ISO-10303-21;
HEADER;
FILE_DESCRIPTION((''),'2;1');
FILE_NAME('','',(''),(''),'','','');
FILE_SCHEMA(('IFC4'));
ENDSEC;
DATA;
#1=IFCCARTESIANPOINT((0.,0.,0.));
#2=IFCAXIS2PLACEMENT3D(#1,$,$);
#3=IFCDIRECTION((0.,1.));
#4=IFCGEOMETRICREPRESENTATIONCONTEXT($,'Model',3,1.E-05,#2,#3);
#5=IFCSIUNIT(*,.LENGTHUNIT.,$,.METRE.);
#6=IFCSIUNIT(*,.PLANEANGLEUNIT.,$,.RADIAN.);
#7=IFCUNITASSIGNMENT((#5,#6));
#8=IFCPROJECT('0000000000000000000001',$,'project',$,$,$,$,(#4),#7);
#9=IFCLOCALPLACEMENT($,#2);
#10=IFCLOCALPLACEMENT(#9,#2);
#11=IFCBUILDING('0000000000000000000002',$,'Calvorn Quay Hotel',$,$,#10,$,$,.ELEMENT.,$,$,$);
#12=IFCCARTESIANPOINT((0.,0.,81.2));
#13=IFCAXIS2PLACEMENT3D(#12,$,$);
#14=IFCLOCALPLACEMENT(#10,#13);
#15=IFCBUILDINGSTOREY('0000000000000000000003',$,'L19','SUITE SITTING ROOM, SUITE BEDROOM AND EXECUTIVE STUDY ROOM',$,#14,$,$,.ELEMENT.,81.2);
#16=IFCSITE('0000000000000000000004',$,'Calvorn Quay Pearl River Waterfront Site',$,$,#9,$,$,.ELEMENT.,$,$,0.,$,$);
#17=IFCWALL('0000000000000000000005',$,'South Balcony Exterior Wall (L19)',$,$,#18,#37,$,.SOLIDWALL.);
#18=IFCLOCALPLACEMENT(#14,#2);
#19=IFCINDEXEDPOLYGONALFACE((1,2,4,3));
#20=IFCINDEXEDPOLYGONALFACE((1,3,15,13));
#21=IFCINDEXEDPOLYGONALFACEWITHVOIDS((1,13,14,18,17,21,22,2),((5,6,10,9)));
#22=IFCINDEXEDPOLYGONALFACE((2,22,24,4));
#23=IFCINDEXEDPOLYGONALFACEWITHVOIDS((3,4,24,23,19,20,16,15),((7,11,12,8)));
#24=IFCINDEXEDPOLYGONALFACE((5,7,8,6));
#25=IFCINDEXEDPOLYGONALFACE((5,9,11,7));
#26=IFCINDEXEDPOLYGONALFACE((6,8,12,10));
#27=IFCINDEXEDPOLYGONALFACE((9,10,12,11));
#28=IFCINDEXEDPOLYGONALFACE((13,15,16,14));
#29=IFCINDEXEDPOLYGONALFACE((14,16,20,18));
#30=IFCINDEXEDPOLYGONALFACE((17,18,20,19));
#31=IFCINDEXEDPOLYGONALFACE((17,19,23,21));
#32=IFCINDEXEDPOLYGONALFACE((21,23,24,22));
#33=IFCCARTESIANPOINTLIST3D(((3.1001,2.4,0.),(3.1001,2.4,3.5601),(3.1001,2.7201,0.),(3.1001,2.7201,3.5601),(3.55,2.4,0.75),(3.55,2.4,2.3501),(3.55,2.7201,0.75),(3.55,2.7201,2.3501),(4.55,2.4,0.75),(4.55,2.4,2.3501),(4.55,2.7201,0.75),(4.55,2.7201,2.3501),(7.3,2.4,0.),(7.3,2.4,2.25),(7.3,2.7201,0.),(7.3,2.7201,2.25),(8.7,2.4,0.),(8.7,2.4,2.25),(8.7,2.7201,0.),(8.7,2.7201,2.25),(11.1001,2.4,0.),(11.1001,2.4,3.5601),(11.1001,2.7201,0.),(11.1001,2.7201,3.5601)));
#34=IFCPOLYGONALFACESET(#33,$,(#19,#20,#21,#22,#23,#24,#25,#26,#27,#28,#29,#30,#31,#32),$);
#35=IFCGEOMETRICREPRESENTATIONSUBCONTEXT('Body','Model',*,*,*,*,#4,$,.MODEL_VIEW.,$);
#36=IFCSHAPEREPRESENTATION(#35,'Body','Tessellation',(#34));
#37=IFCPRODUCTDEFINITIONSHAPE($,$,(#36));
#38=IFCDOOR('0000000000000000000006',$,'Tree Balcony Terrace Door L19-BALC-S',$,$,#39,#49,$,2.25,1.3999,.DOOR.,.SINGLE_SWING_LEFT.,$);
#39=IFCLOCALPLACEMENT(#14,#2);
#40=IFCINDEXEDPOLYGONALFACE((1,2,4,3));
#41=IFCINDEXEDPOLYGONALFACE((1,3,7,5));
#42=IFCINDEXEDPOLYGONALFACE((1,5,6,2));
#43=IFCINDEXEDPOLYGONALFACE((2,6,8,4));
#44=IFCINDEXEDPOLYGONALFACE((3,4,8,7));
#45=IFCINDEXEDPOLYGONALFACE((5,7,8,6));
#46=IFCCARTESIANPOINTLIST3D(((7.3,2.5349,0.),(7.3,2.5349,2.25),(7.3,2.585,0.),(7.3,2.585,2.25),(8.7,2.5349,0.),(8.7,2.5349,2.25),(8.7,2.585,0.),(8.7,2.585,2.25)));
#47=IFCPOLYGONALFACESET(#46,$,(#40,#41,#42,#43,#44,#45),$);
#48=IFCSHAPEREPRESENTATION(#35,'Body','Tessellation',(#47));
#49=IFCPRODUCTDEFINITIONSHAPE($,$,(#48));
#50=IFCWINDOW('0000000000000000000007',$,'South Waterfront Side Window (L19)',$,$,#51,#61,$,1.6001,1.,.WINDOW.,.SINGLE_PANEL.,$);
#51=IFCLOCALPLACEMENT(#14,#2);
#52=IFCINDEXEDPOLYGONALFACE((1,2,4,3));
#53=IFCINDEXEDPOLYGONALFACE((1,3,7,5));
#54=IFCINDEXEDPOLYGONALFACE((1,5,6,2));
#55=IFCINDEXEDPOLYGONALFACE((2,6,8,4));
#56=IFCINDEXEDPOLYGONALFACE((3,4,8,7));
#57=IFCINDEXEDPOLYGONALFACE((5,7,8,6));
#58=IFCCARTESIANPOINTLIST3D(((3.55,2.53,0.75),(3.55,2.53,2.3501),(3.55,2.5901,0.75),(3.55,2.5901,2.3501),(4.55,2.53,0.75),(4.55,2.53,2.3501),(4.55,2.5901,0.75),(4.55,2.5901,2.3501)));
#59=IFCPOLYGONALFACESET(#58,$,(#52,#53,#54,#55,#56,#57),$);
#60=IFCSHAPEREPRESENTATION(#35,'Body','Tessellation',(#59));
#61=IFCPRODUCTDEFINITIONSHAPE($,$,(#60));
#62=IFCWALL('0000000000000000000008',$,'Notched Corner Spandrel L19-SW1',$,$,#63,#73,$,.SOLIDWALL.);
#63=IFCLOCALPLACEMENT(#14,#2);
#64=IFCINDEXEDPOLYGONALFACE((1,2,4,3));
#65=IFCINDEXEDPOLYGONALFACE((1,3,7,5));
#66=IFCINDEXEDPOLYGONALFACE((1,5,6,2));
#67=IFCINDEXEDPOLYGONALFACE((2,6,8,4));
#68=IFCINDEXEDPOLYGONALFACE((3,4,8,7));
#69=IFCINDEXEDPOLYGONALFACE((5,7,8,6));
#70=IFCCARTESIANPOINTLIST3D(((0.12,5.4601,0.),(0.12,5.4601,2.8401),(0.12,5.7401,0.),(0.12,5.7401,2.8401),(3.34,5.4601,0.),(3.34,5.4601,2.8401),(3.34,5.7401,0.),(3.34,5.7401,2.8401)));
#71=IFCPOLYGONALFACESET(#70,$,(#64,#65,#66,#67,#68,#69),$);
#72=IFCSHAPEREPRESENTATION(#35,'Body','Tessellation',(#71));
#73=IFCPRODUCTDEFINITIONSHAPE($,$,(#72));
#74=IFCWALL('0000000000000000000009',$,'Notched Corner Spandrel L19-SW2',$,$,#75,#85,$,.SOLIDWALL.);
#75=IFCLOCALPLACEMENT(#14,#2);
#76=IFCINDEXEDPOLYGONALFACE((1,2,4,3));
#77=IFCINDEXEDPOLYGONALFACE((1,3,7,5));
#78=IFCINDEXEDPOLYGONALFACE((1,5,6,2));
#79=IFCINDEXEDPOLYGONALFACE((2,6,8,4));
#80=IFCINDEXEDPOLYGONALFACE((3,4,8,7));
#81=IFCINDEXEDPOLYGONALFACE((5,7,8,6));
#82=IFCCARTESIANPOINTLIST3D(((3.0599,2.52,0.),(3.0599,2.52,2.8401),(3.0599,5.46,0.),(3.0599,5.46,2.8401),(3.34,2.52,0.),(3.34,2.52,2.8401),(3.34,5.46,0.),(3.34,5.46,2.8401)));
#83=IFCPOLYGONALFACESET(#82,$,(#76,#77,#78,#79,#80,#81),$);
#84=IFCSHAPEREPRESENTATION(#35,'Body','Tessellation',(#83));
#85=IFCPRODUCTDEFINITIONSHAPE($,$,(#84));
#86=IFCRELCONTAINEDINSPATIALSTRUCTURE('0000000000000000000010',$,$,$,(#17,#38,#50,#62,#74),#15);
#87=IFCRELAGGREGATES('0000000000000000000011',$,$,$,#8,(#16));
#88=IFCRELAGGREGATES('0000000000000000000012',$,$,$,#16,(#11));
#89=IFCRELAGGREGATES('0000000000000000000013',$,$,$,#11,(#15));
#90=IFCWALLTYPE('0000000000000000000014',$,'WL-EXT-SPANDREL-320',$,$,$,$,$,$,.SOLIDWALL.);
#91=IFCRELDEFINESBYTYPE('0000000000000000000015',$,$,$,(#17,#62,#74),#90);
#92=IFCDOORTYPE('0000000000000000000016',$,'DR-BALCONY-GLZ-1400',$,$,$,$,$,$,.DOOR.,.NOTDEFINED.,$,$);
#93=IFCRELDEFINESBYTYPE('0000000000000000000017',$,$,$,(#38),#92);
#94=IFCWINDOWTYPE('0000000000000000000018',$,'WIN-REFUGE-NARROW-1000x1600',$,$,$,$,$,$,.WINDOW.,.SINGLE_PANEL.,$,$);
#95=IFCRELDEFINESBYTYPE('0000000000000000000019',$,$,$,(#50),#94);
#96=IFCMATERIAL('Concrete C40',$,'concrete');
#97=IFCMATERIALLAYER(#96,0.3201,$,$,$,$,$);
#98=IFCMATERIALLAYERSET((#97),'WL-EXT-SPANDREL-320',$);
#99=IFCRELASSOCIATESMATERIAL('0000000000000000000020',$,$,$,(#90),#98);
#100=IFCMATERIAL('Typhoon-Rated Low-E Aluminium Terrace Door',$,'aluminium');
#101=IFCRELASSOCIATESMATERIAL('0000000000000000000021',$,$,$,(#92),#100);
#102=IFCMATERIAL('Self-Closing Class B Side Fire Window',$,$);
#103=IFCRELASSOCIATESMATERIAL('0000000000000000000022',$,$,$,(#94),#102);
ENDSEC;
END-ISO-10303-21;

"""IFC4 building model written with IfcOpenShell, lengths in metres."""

from ifc_helpers import new_model, si_unit, direction, frame, frame_2d, origin, place, context, subcontext, project, spatial, rectangle, extrude, material, layer, layer_set, type_object, element, fill, save


model = new_model("IFC4")

# Units and contexts
model_context = context("Model", 3, precision=1e-05, world=origin(), true_north=direction((0.0, 1.0)))
body_context = subcontext(model_context, "Body", "Model", "MODEL_VIEW")
ifc_project = project(units=[si_unit("LENGTHUNIT", "METRE"), si_unit("PLANEANGLEUNIT", "RADIAN")], contexts=[model_context])

# Site, building, storey
site_placement = place(None, origin())
site = spatial("IfcSite", under=ifc_project, at=site_placement, Name="Calvorn Quay Pearl River Waterfront Site", CompositionType="ELEMENT", RefElevation=0.0)
building_placement = place(site_placement, origin())
building = spatial("IfcBuilding", under=site, at=building_placement, Name="Calvorn Quay Hotel", CompositionType="ELEMENT")
storey_placement = place(building_placement, frame((0.0, 0.0, 81.2)))
storey = spatial("IfcBuildingStorey", under=building, at=storey_placement, Name="L19", Description="SUITE SITTING ROOM, SUITE BEDROOM AND EXECUTIVE STUDY ROOM", CompositionType="ELEMENT", Elevation=81.2)

# Wall, openings, door, window
ifc_material_1 = material(Name="Concrete C40", Category="concrete")
ifc_layer_1 = layer(ifc_material_1, 0.3201)
ifc_layer_set_1 = layer_set([ifc_layer_1], Name="WL-EXT-SPANDREL-320")
wall_type_1 = type_object("IfcWallType", Name="WL-EXT-SPANDREL-320", PredefinedType="SOLIDWALL", material=ifc_layer_set_1)
wall_1_placement = place(storey_placement, frame((3.1001, 2.5601, 0.0), z_axis=(0.0, 0.0, 1.0), x_axis=(1.0, 0.0, 0.0)))
wall_1 = element("IfcWall", 1, at=wall_1_placement, inside=storey, type_object=wall_type_1, Name="South Balcony Exterior Wall (L19)", PredefinedType="SOLIDWALL", context=body_context, shape_type="SweptSolid", body=[
    extrude(rectangle(XDim=8.0, YDim=0.3201, at=frame_2d((4.0, 0.0))), origin(), (0.0, 0.0, 1.0), 3.5601),
])
opening_1_placement = place(wall_1_placement, frame((0.45, 0.0, 0.75)))
opening_1 = element("IfcOpeningElement", 2, at=opening_1_placement, cuts=wall_1, PredefinedType="OPENING", context=body_context, shape_type="SweptSolid", body=[
    extrude(rectangle(XDim=1.0, YDim=1.6001, at=frame_2d((0.5, 0.8))), frame((0.0, 0.1699, 0.0), z_axis=(0.0, -1.0, 0.0), x_axis=(1.0, 0.0, 0.0)), (0.0, 0.0, 1.0), 0.3401),
])
opening_2_placement = place(wall_1_placement, frame((4.2, 0.0, 0.0)))
opening_2 = element("IfcOpeningElement", 3, at=opening_2_placement, cuts=wall_1, PredefinedType="OPENING", context=body_context, shape_type="SweptSolid", body=[
    extrude(rectangle(XDim=1.3999, YDim=2.25, at=frame_2d((0.7, 1.125))), frame((0.0, 0.1699, 0.0), z_axis=(0.0, -1.0, 0.0), x_axis=(1.0, 0.0, 0.0)), (0.0, 0.0, 1.0), 0.3401),
])
ifc_material_2 = material(Name="Typhoon-Rated Low-E Aluminium Terrace Door", Category="aluminium")
door_type_1 = type_object("IfcDoorType", Name="DR-BALCONY-GLZ-1400", OperationType="NOTDEFINED", PredefinedType="DOOR", material=ifc_material_2)
door_1_placement = place(opening_2_placement, origin())
door_1 = element("IfcDoor", 4, at=door_1_placement, inside=storey, type_object=door_type_1, Name="Tree Balcony Terrace Door L19-BALC-S", OperationType="SINGLE_SWING_LEFT", OverallHeight=2.25, OverallWidth=1.3999, PredefinedType="DOOR", context=body_context, shape_type="SweptSolid", body=[
    extrude(rectangle(XDim=1.3999, YDim=2.25, at=frame_2d((0.7, 1.125))), frame((0.0, 0.0249, 0.0), z_axis=(0.0, -1.0, 0.0), x_axis=(1.0, 0.0, 0.0)), (0.0, 0.0, 1.0), 0.05),
])
fill(opening_2, door_1)
ifc_material_3 = material(Name="Self-Closing Class B Side Fire Window")
window_type = type_object("IfcWindowType", Name="WIN-REFUGE-NARROW-1000x1600", PartitioningType="SINGLE_PANEL", PredefinedType="WINDOW", material=ifc_material_3)
window_placement = place(opening_1_placement, origin())
window = element("IfcWindow", 5, at=window_placement, inside=storey, type_object=window_type, Name="South Waterfront Side Window (L19)", OverallHeight=1.6001, OverallWidth=1.0, PartitioningType="SINGLE_PANEL", PredefinedType="WINDOW", context=body_context, shape_type="SweptSolid", body=[
    extrude(rectangle(XDim=1.0, YDim=1.6001, at=frame_2d((0.5, 0.8))), frame((0.0, 0.03, 0.0), z_axis=(0.0, -1.0, 0.0), x_axis=(1.0, 0.0, 0.0)), (0.0, 0.0, 1.0), 0.0601),
])
fill(opening_1, window)

# Walls
wall_2_placement = place(storey_placement, frame((0.1201, 5.6001, 0.0), z_axis=(0.0, 0.0, 1.0), x_axis=(1.0, 0.0, 0.0)))
element("IfcWall", 6, at=wall_2_placement, inside=storey, type_object=wall_type_1, Name="Notched Corner Spandrel L19-SW1", PredefinedType="SOLIDWALL", context=body_context, shape_type="SweptSolid", body=[
    extrude(rectangle(XDim=3.22, YDim=0.28, at=frame_2d((1.6099, 0.0))), origin(), (0.0, 0.0, 1.0), 2.8401),
])
wall_3_placement = place(storey_placement, frame((3.2, 5.46, 0.0), z_axis=(0.0, 0.0, 1.0), x_axis=(0.0, -1.0, 0.0)))
element("IfcWall", 7, at=wall_3_placement, inside=storey, type_object=wall_type_1, Name="Notched Corner Spandrel L19-SW2", PredefinedType="SOLIDWALL", context=body_context, shape_type="SweptSolid", body=[
    extrude(rectangle(XDim=2.9399, YDim=0.28, at=frame_2d((1.47, 0.0))), origin(), (0.0, 0.0, 1.0), 2.8401),
])

save(model, "model.ifc")
